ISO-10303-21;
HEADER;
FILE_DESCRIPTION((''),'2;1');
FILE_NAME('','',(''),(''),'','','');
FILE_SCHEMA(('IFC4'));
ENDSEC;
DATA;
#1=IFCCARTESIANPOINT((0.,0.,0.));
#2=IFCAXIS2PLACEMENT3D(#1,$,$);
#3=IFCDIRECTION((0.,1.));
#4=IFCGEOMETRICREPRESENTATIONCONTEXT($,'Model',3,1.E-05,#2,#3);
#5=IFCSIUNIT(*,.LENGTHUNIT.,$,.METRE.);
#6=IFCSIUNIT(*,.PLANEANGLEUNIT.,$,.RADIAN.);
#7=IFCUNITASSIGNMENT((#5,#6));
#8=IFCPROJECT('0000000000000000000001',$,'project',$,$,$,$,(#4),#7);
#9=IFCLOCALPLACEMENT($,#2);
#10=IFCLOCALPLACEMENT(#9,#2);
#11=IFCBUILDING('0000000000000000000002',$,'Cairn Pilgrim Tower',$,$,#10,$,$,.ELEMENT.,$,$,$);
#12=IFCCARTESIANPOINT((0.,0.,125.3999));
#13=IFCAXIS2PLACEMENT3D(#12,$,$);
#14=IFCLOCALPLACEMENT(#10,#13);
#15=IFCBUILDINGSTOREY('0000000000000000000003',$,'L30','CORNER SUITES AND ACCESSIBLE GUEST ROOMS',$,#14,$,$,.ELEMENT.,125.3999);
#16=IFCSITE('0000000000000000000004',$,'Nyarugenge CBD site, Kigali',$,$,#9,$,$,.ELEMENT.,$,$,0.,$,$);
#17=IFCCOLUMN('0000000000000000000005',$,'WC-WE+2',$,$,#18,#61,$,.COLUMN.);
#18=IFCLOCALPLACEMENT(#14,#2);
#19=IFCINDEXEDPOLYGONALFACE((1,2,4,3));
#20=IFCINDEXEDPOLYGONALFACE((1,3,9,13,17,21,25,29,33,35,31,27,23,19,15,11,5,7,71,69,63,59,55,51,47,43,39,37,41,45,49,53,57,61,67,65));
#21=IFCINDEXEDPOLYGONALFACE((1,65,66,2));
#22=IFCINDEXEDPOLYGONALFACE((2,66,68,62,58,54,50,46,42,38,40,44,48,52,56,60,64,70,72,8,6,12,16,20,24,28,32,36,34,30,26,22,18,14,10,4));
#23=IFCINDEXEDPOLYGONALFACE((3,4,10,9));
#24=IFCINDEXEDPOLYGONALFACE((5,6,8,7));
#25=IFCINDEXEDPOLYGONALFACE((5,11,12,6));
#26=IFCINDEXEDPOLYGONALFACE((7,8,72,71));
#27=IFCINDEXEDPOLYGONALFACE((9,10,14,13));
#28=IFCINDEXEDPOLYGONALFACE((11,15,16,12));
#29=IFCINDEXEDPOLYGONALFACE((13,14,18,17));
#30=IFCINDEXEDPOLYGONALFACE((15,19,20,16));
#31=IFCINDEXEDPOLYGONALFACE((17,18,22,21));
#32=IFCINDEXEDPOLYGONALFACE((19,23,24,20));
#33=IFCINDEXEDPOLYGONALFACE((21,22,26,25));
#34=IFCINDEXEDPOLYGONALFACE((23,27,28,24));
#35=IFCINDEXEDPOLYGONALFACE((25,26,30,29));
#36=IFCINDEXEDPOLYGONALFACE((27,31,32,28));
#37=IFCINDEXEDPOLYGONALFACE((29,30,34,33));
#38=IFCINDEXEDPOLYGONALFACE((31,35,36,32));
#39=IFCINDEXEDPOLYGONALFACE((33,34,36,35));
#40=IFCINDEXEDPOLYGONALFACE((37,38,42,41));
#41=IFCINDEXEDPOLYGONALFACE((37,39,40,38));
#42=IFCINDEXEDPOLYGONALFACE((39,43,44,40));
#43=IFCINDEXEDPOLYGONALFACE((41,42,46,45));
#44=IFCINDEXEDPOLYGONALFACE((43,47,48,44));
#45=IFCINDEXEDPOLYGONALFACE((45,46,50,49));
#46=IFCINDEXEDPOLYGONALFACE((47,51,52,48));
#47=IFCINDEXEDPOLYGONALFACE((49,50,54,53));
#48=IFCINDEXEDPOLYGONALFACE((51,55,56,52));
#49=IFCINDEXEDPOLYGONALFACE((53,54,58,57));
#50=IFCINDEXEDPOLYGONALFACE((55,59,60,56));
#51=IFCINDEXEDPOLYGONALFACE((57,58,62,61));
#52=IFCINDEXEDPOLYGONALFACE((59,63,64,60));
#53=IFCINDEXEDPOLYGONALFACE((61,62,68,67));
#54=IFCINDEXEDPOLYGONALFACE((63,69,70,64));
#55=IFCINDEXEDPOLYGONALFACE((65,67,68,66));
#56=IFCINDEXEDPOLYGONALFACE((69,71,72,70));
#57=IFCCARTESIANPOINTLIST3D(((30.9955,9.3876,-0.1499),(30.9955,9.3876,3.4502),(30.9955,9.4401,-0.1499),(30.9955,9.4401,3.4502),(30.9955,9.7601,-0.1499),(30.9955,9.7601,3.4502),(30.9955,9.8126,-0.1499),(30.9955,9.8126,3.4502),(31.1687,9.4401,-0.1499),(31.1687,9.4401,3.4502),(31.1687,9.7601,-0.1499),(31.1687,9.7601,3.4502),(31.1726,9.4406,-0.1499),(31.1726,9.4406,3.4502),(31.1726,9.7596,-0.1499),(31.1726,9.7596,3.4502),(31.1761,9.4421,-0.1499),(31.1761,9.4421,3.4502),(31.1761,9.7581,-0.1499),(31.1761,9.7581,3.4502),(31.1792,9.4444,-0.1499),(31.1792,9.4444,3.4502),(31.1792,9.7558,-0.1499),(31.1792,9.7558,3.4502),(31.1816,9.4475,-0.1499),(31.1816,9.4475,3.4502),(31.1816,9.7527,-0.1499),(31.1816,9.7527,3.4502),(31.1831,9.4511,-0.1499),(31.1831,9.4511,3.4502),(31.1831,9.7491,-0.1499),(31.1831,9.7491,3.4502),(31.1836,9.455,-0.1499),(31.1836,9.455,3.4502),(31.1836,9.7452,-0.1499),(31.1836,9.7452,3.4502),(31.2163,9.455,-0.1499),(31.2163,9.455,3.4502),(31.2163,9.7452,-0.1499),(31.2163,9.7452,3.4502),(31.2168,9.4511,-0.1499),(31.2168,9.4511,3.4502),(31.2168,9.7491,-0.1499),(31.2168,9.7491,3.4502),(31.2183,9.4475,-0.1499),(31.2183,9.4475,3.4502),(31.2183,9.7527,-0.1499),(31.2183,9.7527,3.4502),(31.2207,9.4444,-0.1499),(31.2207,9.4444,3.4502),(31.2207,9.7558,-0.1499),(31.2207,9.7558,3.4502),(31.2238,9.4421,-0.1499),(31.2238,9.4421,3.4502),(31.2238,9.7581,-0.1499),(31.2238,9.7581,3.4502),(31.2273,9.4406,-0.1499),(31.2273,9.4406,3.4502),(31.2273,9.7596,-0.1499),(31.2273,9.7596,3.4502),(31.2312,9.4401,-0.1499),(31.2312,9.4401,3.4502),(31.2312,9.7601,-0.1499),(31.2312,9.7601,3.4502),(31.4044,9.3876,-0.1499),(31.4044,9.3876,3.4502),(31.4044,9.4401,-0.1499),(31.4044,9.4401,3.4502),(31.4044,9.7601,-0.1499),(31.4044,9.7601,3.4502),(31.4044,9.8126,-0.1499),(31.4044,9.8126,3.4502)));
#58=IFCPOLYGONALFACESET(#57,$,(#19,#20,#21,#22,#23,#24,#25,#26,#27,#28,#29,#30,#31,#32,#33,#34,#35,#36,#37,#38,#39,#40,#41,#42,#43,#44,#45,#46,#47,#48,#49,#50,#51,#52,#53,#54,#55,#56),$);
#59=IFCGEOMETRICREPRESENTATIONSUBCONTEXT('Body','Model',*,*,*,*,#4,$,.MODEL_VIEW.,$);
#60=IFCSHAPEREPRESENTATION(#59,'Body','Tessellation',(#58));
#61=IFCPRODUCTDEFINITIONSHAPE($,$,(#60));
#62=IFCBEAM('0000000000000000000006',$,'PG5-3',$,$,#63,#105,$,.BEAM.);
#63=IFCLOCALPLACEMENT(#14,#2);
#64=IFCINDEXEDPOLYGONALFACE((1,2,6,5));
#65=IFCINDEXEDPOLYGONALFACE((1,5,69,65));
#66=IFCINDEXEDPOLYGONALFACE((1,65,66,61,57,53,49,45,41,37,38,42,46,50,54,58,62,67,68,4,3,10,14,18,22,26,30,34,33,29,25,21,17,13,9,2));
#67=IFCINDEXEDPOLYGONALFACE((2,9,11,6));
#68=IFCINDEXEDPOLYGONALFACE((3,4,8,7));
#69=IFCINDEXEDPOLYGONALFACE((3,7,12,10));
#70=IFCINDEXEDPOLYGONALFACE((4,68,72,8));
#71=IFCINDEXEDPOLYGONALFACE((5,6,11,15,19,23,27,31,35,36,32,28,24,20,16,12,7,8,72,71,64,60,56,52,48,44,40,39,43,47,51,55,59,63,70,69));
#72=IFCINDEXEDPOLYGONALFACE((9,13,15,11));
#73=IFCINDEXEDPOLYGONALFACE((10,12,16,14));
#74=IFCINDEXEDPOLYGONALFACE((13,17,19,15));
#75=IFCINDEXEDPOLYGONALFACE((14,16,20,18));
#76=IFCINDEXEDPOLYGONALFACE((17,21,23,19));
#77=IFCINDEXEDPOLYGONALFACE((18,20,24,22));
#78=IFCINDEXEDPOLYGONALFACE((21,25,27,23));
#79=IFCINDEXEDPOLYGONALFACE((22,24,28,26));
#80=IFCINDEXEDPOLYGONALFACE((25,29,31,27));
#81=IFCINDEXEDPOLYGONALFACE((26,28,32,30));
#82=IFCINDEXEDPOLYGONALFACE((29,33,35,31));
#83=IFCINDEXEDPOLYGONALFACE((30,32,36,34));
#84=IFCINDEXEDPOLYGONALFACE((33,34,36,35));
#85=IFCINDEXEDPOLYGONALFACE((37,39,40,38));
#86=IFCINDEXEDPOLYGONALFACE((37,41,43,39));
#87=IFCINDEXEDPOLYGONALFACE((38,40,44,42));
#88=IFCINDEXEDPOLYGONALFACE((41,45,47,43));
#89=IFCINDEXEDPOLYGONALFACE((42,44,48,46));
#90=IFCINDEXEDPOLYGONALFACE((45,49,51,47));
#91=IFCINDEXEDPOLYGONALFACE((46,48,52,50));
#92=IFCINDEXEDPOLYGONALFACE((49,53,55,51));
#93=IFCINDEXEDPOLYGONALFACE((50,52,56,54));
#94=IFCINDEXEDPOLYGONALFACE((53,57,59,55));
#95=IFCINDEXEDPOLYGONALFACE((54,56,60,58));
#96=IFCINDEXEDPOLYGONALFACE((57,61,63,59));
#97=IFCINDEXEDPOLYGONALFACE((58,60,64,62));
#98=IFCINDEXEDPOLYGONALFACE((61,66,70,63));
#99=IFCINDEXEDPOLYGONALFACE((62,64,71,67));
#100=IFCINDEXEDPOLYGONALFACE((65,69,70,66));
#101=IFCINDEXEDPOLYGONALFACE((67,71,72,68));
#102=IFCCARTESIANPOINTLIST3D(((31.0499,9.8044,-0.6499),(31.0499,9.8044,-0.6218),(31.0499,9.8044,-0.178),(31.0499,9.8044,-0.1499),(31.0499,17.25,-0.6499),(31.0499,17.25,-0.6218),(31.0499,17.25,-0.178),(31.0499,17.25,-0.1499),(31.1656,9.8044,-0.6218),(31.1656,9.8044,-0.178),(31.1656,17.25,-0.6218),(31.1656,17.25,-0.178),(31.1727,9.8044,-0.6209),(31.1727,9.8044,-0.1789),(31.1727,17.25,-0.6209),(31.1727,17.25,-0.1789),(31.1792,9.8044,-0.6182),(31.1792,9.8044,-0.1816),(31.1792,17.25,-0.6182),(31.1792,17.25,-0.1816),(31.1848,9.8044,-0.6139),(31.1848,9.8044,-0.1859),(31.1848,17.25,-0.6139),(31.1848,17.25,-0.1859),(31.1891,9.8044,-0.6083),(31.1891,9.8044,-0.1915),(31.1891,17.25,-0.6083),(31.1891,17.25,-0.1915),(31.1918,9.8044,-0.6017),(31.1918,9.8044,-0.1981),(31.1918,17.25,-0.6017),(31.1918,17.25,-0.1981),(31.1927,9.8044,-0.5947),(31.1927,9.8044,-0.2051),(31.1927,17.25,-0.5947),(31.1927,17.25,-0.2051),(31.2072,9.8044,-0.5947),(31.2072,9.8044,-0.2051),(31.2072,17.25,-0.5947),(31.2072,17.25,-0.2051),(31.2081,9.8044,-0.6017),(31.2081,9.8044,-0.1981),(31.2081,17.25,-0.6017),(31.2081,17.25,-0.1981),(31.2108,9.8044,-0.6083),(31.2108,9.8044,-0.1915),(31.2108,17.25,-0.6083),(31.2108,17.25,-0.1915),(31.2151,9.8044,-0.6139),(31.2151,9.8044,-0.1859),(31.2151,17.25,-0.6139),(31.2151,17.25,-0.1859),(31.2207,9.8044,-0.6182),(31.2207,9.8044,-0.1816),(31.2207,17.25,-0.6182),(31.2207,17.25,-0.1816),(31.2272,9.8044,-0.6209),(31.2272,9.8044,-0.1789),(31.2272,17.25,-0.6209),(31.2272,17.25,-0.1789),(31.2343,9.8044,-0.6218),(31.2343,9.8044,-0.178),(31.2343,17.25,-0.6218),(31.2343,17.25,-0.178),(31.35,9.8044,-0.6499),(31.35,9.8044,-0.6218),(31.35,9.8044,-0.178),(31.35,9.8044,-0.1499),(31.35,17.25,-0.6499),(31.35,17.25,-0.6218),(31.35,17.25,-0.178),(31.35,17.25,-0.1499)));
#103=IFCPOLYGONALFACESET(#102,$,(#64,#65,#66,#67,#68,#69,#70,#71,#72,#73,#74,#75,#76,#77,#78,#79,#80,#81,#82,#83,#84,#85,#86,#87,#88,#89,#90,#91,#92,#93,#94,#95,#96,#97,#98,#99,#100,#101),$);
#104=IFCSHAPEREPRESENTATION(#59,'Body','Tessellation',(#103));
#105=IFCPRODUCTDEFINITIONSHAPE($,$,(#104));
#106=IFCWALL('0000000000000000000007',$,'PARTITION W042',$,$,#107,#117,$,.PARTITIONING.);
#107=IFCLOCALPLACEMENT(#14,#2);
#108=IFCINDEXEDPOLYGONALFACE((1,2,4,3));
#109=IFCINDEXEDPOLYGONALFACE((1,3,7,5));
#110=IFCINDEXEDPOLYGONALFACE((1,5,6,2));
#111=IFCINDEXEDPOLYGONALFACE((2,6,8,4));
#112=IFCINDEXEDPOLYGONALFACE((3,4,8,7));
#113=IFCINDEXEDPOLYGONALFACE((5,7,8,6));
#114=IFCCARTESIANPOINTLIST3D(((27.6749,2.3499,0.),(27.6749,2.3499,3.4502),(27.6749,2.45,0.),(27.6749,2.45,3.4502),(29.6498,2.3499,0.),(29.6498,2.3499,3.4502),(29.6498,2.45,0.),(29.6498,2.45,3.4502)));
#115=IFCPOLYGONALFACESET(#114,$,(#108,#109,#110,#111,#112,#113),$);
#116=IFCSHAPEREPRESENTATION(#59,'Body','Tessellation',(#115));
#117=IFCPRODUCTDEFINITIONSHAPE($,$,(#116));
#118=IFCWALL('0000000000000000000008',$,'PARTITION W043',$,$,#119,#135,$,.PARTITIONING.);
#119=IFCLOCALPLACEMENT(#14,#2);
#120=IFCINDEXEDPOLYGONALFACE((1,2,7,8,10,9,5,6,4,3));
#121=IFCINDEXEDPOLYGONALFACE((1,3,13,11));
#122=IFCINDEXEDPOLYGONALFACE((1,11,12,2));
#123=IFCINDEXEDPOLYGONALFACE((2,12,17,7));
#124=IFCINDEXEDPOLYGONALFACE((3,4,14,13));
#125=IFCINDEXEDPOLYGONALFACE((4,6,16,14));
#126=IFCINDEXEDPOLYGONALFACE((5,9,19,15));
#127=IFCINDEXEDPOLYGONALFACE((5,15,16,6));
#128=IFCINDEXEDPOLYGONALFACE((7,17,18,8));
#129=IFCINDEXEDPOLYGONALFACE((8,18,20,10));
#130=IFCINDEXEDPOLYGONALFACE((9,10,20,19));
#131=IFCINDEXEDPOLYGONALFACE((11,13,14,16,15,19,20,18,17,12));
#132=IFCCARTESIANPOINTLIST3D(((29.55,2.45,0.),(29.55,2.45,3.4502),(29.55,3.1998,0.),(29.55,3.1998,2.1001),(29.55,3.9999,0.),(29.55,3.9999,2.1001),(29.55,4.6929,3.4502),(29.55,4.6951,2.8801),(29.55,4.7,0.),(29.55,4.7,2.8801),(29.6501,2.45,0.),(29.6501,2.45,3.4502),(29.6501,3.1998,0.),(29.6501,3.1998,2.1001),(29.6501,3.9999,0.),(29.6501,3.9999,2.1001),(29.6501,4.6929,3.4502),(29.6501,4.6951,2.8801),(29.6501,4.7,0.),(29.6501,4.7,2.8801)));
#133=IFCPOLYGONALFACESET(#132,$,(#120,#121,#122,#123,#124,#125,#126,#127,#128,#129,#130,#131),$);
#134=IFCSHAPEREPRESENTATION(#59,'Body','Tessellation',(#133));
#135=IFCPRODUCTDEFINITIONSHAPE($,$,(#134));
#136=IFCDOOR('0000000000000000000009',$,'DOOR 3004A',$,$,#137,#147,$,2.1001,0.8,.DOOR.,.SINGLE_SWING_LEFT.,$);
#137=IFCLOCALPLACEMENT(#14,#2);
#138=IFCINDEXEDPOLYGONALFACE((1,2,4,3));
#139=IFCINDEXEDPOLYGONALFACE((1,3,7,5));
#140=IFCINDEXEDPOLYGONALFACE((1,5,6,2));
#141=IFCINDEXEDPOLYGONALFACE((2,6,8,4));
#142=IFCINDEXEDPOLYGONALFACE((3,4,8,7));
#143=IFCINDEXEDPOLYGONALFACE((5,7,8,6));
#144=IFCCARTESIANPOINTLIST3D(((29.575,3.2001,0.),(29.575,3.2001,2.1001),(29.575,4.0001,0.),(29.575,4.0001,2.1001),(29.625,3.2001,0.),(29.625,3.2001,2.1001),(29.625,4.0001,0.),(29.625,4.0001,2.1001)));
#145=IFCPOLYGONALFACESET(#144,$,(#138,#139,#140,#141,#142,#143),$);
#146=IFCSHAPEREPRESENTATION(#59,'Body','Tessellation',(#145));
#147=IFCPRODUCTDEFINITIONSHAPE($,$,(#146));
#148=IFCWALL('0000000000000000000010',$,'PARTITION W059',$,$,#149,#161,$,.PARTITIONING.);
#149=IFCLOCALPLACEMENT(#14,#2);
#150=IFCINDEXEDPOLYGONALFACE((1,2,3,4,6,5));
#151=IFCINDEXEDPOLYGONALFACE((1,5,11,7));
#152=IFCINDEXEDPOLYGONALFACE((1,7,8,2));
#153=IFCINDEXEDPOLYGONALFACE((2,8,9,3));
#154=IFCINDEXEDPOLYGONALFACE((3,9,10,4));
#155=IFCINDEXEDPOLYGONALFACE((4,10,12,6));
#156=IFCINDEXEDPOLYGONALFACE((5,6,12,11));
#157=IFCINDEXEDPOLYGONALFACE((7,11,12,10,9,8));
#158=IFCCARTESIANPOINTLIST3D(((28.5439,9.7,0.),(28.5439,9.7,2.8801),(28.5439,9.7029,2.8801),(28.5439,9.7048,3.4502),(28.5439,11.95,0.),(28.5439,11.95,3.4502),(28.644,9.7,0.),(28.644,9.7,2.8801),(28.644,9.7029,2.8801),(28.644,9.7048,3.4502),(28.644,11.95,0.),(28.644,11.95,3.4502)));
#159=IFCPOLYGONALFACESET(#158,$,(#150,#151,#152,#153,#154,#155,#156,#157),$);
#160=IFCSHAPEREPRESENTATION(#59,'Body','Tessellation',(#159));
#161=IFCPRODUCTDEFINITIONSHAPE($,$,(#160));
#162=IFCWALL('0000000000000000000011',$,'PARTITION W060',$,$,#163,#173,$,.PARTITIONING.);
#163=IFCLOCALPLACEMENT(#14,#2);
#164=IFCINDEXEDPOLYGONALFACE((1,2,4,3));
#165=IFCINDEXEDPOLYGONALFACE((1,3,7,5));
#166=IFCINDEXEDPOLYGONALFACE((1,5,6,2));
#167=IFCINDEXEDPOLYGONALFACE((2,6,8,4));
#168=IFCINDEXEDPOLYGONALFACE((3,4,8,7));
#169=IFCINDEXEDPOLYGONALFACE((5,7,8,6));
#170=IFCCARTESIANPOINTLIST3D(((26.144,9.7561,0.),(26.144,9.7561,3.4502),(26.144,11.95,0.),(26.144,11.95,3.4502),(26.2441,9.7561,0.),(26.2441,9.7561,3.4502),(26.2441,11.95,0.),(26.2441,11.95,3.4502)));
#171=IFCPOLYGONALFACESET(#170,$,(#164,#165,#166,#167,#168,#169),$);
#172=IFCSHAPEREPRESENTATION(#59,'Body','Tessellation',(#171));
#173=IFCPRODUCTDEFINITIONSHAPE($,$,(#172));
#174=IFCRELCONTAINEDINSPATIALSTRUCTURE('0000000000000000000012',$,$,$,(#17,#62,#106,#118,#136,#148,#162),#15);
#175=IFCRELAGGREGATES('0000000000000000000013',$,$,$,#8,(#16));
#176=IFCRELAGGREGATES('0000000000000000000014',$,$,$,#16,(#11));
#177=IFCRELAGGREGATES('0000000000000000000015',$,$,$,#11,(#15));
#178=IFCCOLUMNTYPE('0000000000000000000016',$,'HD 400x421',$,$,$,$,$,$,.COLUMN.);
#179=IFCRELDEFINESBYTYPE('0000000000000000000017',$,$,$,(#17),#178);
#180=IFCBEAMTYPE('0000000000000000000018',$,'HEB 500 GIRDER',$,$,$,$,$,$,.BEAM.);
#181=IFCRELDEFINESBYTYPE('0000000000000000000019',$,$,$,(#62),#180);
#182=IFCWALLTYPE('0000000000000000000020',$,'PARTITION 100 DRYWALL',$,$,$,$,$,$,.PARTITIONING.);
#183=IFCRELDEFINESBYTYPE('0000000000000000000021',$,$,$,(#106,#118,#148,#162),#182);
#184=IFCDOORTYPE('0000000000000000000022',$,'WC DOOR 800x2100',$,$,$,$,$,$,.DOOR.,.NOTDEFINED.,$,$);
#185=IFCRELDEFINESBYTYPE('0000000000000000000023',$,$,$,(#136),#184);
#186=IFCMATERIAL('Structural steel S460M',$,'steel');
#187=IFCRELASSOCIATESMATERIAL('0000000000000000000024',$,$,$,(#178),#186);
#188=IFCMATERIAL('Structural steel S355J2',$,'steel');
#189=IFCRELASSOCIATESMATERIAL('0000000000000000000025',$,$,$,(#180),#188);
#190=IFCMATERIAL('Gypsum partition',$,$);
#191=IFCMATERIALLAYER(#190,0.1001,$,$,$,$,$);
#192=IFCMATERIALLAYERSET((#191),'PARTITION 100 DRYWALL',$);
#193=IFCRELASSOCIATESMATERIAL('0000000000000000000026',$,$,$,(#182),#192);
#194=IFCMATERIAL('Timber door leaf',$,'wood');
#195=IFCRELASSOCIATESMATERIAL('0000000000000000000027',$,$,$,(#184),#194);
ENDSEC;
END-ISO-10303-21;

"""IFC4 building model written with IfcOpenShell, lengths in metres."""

from ifc_helpers import new_model, si_unit, direction, frame, frame_2d, origin, origin_2d, place, context, subcontext, project, spatial, polyline, rectangle, i_section, outline, extrude, material, layer, layer_set, material_profile, profile_set, type_object, element, fill, save


model = new_model("IFC4")

# Units and contexts
model_context = context("Model", 3, precision=1e-05, world=origin(), true_north=direction((0.0, 1.0)))
body_context = subcontext(model_context, "Body", "Model", "MODEL_VIEW")
ifc_project = project(units=[si_unit("LENGTHUNIT", "METRE"), si_unit("PLANEANGLEUNIT", "RADIAN")], contexts=[model_context])

# Site, building, storey
site_placement = place(None, origin())
site = spatial("IfcSite", under=ifc_project, at=site_placement, Name="Nyarugenge CBD site, Kigali", CompositionType="ELEMENT", RefElevation=0.0)
building_placement = place(site_placement, origin())
building = spatial("IfcBuilding", under=site, at=building_placement, Name="Cairn Pilgrim Tower", CompositionType="ELEMENT")
storey_placement = place(building_placement, frame((0.0, 0.0, 125.3999)))
storey = spatial("IfcBuildingStorey", under=building, at=storey_placement, Name="L30", Description="CORNER SUITES AND ACCESSIBLE GUEST ROOMS", CompositionType="ELEMENT", Elevation=125.3999)

# Column
ifc_material_1 = material(Name="Structural steel S460M", Category="steel")
ifc_material_profile_1 = material_profile(ifc_material_1, i_section(OverallWidth=0.4089, OverallDepth=0.425, WebThickness=0.0327, FlangeThickness=0.0525, FilletRadius=0.0149, at=origin_2d()), Name="HD 400x421")
ifc_profile_set_1 = profile_set([ifc_material_profile_1], Name="Structural steel S460M")
column_type = type_object("IfcColumnType", Name="HD 400x421", PredefinedType="COLUMN", material=ifc_profile_set_1)
column_placement = place(storey_placement, frame((31.2, 9.6001, -0.1499), z_axis=(0.0, 0.0, 1.0), x_axis=(1.0, 0.0, 0.0)))
element("IfcColumn", 1, at=column_placement, inside=storey, type_object=column_type, Name="WC-WE+2", PredefinedType="COLUMN", context=body_context, shape_type="SweptSolid", body=[
    extrude(i_section(OverallWidth=0.4089, OverallDepth=0.425, WebThickness=0.0327, FlangeThickness=0.0525, FilletRadius=0.0149, at=origin_2d()), origin(), (0.0, 0.0, 1.0), 3.6001),
])

# Beam
ifc_material_2 = material(Name="Structural steel S355J2", Category="steel")
ifc_material_profile_2 = material_profile(ifc_material_2, i_section(OverallWidth=0.3, OverallDepth=0.5, WebThickness=0.0144, FlangeThickness=0.0281, FilletRadius=0.0271, at=origin_2d()), Name="HEB 500")
ifc_profile_set_2 = profile_set([ifc_material_profile_2], Name="Structural steel S355J2")
beam_type = type_object("IfcBeamType", Name="HEB 500 GIRDER", PredefinedType="BEAM", material=ifc_profile_set_2)
beam_placement = place(storey_placement, frame((31.2, 9.8044, -0.3999), z_axis=(0.0, 1.0, 0.0), x_axis=(-1.0, 0.0, 0.0)))
element("IfcBeam", 2, at=beam_placement, inside=storey, type_object=beam_type, Name="PG5-3", PredefinedType="BEAM", context=body_context, shape_type="SweptSolid", body=[
    extrude(i_section(OverallWidth=0.3, OverallDepth=0.5, WebThickness=0.0144, FlangeThickness=0.0281, FilletRadius=0.0271, at=origin_2d()), origin(), (0.0, 0.0, 1.0), 7.4456),
])

# Wall
ifc_material_3 = material(Name="Gypsum partition")
ifc_layer_1 = layer(ifc_material_3, 0.1001)
ifc_layer_set_1 = layer_set([ifc_layer_1], Name="PARTITION 100 DRYWALL")
wall_type_1 = type_object("IfcWallType", Name="PARTITION 100 DRYWALL", PredefinedType="PARTITIONING", material=ifc_layer_set_1)
wall_1_placement = place(storey_placement, frame((27.675, 2.3999, 0.0), z_axis=(0.0, 0.0, 1.0), x_axis=(1.0, 0.0, 0.0)))
element("IfcWall", 3, at=wall_1_placement, inside=storey, type_object=wall_type_1, Name="PARTITION W042", PredefinedType="PARTITIONING", context=body_context, shape_type="SweptSolid", body=[
    extrude(rectangle(XDim=1.9749, YDim=0.1001, at=frame_2d((0.9873, 0.0))), origin(), (0.0, 0.0, 1.0), 3.4502),
])

# Wall, opening, door
wall_2_placement = place(storey_placement, frame((29.6001, 2.45, 0.0), z_axis=(0.0, 0.0, 1.0), x_axis=(0.0, 1.0, 0.0)))
wall_2 = element("IfcWall", 4, at=wall_2_placement, inside=storey, type_object=wall_type_1, Name="PARTITION W043", PredefinedType="PARTITIONING", context=body_context, shape_type="SweptSolid", body=[
    extrude(outline(polyline([(0.0, 0.0), (2.25, 0.0), (2.25, 2.8801), (2.2451, 2.8801), (2.2429, 3.4502), (0.0, 3.4502), (0.0, 0.0)])), frame((0.0, 0.05, 0.0), z_axis=(0.0, -1.0, 0.0), x_axis=(1.0, 0.0, 0.0)), (0.0, 0.0, 1.0), 0.1001),
])
opening_1_placement = place(wall_2_placement, frame((0.75, 0.0, 0.0)))
opening_1 = element("IfcOpeningElement", 5, at=opening_1_placement, cuts=wall_2, PredefinedType="OPENING", context=body_context, shape_type="SweptSolid", body=[
    extrude(rectangle(XDim=0.8, YDim=2.1001, at=frame_2d((0.3999, 1.05))), frame((0.0, 0.0601, 0.0), z_axis=(0.0, -1.0, 0.0), x_axis=(1.0, 0.0, 0.0)), (0.0, 0.0, 1.0), 0.1201),
])
ifc_material_4 = material(Name="Timber door leaf", Category="wood")
door_type_1 = type_object("IfcDoorType", Name="WC DOOR 800x2100", OperationType="NOTDEFINED", PredefinedType="DOOR", material=ifc_material_4)
door_1_placement = place(opening_1_placement, frame((0.8, 0.0, 0.0), z_axis=(0.0, 0.0, 1.0), x_axis=(-1.0, 0.0, 0.0)))
door_1 = element("IfcDoor", 6, at=door_1_placement, inside=storey, type_object=door_type_1, Name="DOOR 3004A", OperationType="SINGLE_SWING_LEFT", OverallHeight=2.1001, OverallWidth=0.8, PredefinedType="DOOR", context=body_context, shape_type="SweptSolid", body=[
    extrude(rectangle(XDim=0.8, YDim=2.1001, at=frame_2d((0.3999, 1.05))), frame((0.0, 0.0249, 0.0), z_axis=(0.0, -1.0, 0.0), x_axis=(1.0, 0.0, 0.0)), (0.0, 0.0, 1.0), 0.05),
])
fill(opening_1, door_1)

# Walls
wall_3_placement = place(storey_placement, frame((28.594, 9.7, 0.0), z_axis=(0.0, 0.0, 1.0), x_axis=(0.0, 1.0, 0.0)))
element("IfcWall", 7, at=wall_3_placement, inside=storey, type_object=wall_type_1, Name="PARTITION W059", PredefinedType="PARTITIONING", context=body_context, shape_type="SweptSolid", body=[
    extrude(outline(polyline([(0.0, 0.0), (2.25, 0.0), (2.25, 3.4502), (0.0049, 3.4502), (0.0029, 2.8801), (0.0, 2.8801), (0.0, 0.0)])), frame((0.0, 0.05, 0.0), z_axis=(0.0, -1.0, 0.0), x_axis=(1.0, 0.0, 0.0)), (0.0, 0.0, 1.0), 0.1001),
])
wall_4_placement = place(storey_placement, frame((26.1941, 9.7561, 0.0), z_axis=(0.0, 0.0, 1.0), x_axis=(0.0, 1.0, 0.0)))
element("IfcWall", 8, at=wall_4_placement, inside=storey, type_object=wall_type_1, Name="PARTITION W060", PredefinedType="PARTITIONING", context=body_context, shape_type="SweptSolid", body=[
    extrude(rectangle(XDim=2.1938, YDim=0.1001, at=frame_2d((1.0969, 0.0))), origin(), (0.0, 0.0, 1.0), 3.4502),
])

save(model, "model.ifc")
